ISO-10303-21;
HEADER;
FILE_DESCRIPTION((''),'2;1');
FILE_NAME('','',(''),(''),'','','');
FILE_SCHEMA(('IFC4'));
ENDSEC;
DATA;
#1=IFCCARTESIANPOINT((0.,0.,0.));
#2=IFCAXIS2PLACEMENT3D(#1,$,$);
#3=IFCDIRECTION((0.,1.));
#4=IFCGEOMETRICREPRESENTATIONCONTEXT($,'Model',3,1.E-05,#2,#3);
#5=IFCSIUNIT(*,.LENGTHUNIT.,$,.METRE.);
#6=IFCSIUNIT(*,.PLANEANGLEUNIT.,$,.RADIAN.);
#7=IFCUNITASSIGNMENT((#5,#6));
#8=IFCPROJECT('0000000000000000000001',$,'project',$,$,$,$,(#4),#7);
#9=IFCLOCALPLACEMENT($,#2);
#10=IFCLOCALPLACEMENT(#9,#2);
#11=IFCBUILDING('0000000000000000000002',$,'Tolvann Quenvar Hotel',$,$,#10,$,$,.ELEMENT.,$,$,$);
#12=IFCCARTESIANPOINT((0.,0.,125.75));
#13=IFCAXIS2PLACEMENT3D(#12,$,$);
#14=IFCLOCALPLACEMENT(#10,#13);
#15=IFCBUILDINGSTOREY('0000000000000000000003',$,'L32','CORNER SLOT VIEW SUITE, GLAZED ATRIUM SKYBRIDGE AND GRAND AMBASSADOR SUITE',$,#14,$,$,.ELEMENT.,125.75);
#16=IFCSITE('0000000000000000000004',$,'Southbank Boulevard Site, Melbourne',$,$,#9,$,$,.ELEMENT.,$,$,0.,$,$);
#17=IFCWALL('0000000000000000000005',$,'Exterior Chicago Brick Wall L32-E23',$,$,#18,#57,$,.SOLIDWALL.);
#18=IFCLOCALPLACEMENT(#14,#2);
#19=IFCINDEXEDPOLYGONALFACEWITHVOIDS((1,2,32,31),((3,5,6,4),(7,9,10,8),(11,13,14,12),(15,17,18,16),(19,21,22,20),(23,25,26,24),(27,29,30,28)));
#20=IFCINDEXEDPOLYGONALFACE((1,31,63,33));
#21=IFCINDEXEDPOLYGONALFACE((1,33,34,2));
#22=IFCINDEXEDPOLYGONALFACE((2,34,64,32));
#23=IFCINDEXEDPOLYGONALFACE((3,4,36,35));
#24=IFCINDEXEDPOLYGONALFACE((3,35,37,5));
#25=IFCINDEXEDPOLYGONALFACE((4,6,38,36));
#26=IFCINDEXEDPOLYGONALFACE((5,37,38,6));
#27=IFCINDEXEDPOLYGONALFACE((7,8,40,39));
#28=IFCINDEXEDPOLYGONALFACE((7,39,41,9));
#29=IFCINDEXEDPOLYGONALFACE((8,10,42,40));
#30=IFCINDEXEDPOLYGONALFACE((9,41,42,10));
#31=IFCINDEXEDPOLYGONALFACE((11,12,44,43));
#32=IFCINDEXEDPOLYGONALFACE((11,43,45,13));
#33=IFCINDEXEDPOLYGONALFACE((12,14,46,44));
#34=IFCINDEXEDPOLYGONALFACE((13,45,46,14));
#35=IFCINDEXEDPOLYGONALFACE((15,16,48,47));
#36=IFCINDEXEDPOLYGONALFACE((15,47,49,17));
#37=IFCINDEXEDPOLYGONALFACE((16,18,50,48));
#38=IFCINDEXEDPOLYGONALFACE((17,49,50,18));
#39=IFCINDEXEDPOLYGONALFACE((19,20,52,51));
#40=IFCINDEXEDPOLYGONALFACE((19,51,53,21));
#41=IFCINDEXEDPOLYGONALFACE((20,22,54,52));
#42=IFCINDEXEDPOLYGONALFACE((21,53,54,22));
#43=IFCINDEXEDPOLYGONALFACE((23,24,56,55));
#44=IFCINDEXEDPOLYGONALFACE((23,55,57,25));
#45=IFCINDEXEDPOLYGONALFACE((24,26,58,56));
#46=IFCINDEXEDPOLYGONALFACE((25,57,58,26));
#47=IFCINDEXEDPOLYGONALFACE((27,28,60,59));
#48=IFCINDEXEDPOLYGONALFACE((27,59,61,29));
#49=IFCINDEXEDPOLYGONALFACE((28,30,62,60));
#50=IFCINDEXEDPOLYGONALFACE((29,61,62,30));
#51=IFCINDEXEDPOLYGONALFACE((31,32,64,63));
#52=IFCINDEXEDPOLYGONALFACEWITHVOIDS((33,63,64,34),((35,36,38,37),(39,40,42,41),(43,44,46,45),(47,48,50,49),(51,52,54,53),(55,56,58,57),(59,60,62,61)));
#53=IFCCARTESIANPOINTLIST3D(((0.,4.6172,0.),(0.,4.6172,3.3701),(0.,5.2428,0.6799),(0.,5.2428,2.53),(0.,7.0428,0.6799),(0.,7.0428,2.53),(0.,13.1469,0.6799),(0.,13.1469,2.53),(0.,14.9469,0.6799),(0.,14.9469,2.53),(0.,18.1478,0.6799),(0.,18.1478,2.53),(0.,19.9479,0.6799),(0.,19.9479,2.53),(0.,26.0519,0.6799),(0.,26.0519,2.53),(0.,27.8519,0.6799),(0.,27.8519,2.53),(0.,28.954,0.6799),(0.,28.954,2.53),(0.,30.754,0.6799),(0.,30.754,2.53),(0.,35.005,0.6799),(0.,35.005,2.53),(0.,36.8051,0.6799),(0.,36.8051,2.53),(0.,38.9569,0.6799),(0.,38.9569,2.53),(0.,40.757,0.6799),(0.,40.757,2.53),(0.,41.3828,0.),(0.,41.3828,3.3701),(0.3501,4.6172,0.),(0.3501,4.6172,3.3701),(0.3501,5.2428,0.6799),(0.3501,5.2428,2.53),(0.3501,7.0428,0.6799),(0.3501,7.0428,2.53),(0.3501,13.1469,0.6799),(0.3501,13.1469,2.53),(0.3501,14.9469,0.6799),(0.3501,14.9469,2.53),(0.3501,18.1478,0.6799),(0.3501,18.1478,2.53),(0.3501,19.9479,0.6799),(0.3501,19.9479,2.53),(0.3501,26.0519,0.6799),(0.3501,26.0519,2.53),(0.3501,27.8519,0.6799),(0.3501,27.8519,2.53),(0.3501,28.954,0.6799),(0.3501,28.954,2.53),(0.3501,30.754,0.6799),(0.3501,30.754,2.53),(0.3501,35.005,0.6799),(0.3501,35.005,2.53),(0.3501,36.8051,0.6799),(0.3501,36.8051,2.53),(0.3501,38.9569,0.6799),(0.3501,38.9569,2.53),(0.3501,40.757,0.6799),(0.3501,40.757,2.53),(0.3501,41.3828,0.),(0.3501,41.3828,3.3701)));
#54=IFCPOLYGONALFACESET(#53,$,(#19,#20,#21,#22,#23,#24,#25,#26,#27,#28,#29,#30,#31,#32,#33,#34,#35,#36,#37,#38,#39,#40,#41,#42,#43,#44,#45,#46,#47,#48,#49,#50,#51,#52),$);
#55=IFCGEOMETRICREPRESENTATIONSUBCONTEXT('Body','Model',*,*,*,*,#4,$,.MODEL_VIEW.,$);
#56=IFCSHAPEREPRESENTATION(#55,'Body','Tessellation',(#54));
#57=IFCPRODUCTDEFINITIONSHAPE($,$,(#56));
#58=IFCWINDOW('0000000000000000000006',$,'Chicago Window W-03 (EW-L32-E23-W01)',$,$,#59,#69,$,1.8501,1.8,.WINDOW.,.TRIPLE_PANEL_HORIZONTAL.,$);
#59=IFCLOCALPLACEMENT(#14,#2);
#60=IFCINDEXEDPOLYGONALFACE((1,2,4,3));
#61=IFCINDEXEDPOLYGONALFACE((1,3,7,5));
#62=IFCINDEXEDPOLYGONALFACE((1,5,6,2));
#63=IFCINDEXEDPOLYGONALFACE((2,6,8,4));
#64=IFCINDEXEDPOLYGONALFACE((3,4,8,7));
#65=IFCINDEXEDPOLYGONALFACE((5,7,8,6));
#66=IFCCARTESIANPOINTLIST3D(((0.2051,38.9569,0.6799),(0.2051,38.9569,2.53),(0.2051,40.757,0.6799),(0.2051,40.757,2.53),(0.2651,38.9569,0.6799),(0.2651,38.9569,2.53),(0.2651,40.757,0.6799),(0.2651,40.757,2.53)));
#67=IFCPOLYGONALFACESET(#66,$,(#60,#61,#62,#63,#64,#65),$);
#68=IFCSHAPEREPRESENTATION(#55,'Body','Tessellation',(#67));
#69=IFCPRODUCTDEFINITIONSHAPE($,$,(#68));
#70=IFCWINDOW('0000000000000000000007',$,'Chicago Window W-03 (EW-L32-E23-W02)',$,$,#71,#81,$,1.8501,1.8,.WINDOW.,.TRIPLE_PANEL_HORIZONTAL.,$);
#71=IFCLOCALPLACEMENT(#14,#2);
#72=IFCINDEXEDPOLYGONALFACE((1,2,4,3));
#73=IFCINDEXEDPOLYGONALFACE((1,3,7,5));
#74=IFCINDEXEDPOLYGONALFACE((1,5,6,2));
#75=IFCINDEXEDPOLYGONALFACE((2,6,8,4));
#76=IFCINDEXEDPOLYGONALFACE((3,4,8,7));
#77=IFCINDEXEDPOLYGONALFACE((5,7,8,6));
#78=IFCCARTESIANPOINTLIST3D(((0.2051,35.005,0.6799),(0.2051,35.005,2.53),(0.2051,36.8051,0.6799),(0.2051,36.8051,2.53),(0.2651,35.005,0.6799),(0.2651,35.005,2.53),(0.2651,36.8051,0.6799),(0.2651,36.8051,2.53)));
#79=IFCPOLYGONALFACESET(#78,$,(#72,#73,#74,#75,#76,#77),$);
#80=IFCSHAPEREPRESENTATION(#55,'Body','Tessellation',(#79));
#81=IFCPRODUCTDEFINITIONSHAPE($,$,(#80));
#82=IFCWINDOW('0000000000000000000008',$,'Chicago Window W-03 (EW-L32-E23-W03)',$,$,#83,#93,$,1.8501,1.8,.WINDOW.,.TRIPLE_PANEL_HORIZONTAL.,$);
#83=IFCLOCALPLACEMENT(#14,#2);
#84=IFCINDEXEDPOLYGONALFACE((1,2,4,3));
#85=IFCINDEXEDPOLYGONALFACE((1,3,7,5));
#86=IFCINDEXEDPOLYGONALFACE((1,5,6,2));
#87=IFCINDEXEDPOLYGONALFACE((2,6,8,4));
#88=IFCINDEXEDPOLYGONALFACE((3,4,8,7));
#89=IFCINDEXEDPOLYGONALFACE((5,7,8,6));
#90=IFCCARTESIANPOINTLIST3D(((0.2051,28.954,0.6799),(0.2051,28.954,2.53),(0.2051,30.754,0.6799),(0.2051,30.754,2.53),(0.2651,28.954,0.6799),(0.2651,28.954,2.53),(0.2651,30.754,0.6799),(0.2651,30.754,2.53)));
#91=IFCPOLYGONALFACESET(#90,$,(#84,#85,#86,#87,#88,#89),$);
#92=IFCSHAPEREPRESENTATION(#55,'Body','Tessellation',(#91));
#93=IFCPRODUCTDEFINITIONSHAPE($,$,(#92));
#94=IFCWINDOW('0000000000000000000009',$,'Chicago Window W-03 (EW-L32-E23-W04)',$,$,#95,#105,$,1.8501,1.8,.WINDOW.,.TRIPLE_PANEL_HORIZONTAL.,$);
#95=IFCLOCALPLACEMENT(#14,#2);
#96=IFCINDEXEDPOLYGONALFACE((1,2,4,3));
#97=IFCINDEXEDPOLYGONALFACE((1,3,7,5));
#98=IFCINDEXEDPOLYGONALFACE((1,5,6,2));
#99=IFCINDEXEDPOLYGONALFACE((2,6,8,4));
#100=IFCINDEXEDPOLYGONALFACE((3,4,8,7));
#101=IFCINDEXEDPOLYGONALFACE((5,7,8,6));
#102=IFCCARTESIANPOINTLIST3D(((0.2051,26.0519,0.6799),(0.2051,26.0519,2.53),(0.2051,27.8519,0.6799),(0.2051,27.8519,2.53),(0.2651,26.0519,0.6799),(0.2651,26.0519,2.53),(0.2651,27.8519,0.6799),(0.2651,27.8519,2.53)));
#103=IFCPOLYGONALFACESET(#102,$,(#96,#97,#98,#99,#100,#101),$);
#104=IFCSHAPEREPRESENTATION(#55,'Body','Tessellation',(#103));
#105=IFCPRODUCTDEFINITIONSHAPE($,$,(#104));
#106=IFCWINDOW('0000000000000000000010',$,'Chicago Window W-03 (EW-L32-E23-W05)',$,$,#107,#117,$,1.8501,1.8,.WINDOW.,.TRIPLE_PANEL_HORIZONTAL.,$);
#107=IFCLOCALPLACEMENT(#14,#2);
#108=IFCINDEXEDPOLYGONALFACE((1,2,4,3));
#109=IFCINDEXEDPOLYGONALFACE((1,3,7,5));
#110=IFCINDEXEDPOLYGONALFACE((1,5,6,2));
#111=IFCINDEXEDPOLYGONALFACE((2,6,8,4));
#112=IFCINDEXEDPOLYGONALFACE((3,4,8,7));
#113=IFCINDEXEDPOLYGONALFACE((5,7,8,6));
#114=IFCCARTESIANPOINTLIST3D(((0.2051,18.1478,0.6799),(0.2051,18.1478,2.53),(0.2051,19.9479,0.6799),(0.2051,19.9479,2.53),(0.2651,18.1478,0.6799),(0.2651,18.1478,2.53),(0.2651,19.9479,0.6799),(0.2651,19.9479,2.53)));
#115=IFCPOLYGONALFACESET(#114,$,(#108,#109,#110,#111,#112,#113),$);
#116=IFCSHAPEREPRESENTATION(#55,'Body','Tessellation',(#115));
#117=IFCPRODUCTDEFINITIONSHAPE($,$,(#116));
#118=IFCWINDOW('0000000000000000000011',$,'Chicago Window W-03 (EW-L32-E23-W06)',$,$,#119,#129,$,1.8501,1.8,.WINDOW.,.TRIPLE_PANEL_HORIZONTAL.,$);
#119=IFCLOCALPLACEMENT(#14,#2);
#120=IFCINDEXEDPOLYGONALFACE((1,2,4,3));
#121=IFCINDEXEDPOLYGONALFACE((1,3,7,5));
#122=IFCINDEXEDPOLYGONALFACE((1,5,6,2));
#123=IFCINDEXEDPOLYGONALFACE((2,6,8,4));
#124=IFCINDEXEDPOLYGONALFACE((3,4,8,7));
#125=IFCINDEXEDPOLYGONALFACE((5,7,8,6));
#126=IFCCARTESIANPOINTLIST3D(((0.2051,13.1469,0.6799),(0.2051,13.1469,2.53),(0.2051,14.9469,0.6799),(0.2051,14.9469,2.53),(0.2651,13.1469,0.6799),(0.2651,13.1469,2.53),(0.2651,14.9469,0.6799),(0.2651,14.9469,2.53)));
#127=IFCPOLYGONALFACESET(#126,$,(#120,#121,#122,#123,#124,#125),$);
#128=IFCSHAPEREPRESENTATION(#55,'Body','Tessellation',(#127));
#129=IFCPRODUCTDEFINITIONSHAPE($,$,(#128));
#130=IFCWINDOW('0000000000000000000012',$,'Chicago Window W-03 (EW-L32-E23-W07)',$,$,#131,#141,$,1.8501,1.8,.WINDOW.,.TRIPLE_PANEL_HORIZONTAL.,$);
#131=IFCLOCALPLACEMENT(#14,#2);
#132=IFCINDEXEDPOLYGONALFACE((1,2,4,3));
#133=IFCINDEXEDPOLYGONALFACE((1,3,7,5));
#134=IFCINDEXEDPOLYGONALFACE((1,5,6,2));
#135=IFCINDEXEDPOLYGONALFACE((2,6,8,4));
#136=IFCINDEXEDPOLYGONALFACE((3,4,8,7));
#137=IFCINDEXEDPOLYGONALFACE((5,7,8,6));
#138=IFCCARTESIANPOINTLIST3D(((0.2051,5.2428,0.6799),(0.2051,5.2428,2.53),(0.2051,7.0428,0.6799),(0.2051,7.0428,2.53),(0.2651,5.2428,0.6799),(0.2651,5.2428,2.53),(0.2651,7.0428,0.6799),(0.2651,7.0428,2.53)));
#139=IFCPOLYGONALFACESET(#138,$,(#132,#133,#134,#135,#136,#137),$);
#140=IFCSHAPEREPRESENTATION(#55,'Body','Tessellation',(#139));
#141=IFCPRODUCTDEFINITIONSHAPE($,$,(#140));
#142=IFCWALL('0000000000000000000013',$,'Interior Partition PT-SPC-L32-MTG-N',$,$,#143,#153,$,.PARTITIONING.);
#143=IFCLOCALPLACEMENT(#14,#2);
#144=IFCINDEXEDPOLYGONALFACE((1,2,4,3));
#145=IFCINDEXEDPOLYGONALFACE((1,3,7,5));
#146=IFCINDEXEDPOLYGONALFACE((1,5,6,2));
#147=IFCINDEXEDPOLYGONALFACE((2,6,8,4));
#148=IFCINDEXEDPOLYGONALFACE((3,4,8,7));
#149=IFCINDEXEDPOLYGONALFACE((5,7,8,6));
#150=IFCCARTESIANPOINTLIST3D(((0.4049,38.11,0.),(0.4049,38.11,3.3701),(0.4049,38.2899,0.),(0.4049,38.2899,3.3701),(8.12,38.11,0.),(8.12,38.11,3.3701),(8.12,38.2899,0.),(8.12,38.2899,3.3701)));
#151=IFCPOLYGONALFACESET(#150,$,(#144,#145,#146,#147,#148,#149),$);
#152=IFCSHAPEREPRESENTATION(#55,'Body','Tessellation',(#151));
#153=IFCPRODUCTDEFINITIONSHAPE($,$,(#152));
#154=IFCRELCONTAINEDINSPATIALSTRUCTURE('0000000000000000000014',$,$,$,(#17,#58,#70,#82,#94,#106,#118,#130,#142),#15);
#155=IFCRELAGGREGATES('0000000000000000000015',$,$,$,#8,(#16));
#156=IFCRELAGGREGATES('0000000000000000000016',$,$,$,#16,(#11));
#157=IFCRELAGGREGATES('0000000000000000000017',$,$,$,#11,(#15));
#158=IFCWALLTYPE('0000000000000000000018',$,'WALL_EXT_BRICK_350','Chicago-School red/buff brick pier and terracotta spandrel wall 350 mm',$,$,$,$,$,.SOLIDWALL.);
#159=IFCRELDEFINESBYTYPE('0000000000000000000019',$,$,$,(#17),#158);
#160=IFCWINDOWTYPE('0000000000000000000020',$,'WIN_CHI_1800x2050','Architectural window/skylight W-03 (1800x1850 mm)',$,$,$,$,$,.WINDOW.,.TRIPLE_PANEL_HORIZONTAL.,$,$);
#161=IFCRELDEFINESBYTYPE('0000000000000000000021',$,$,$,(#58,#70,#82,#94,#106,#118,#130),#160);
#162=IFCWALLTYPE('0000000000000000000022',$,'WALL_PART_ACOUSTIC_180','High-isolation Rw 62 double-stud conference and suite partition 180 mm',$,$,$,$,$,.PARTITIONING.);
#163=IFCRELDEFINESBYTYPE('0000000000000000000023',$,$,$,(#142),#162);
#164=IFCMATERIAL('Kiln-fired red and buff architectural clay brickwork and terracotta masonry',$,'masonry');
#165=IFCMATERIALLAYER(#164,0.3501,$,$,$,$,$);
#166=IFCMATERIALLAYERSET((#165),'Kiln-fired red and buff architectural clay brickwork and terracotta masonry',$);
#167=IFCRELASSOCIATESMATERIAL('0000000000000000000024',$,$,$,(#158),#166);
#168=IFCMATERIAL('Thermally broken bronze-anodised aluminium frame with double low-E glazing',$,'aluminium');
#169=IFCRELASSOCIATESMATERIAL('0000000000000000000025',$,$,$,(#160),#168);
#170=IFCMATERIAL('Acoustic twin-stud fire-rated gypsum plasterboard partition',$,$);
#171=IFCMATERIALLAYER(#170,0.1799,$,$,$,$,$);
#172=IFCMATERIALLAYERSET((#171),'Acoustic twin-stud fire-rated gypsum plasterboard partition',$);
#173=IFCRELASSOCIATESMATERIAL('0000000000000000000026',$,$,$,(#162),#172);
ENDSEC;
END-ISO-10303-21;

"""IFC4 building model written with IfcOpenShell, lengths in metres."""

from ifc_helpers import new_model, si_unit, direction, frame, frame_2d, origin, place, context, subcontext, project, spatial, rectangle, extrude, source, transform, mapped, material, layer, layer_set, type_object, type_shapes, element, fill, save


model = new_model("IFC4")

# Units and contexts
model_context = context("Model", 3, precision=1e-05, world=origin(), true_north=direction((0.0, 1.0)))
body_context = subcontext(model_context, "Body", "Model", "MODEL_VIEW")
ifc_project = project(units=[si_unit("LENGTHUNIT", "METRE"), si_unit("PLANEANGLEUNIT", "RADIAN")], contexts=[model_context])

# Site, building, storey
site_placement = place(None, origin())
site = spatial("IfcSite", under=ifc_project, at=site_placement, Name="Southbank Boulevard Site, Melbourne", CompositionType="ELEMENT", RefElevation=0.0)
building_placement = place(site_placement, origin())
building = spatial("IfcBuilding", under=site, at=building_placement, Name="Tolvann Quenvar Hotel", CompositionType="ELEMENT")
storey_placement = place(building_placement, frame((0.0, 0.0, 125.75)))
storey = spatial("IfcBuildingStorey", under=building, at=storey_placement, Name="L32", Description="CORNER SLOT VIEW SUITE, GLAZED ATRIUM SKYBRIDGE AND GRAND AMBASSADOR SUITE", CompositionType="ELEMENT", Elevation=125.75)

# Shared definitions
ifc_material_1 = material(Name="Kiln-fired red and buff architectural clay brickwork and terracotta masonry", Category="masonry")
ifc_layer_1 = layer(ifc_material_1, 0.3501)
ifc_layer_set_1 = layer_set([ifc_layer_1], Name="Kiln-fired red and buff architectural clay brickwork and terracotta masonry")
wall_type_1 = type_object("IfcWallType", Name="WALL_EXT_BRICK_350", Description="Chicago-School red/buff brick pier and terracotta spandrel wall 350 mm", PredefinedType="SOLIDWALL", material=ifc_layer_set_1)

# Wall, openings, windows
wall_1_placement = place(storey_placement, frame((0.175, 41.3828, 0.0), z_axis=(0.0, 0.0, 1.0), x_axis=(0.0, -1.0, 0.0)))
wall_1 = element("IfcWall", 1, at=wall_1_placement, inside=storey, type_object=wall_type_1, Name="Exterior Chicago Brick Wall L32-E23", PredefinedType="SOLIDWALL", context=body_context, shape_type="SweptSolid", body=[
    extrude(rectangle(XDim=36.7656, YDim=0.3501, at=frame_2d((18.3828, 0.0))), origin(), (0.0, 0.0, 1.0), 3.3701),
])
opening_1_placement = place(wall_1_placement, frame((0.626, 0.0, 0.6799)))
opening_1 = element("IfcOpeningElement", 2, at=opening_1_placement, cuts=wall_1, PredefinedType="OPENING", context=body_context, shape_type="SweptSolid", body=[
    extrude(rectangle(XDim=1.8, YDim=1.8501, at=frame_2d((0.8999, 0.925))), frame((0.0, 0.1851, 0.0), z_axis=(0.0, -1.0, 0.0), x_axis=(1.0, 0.0, 0.0)), (0.0, 0.0, 1.0), 0.3701),
])
opening_2_placement = place(wall_1_placement, frame((4.5779, 0.0, 0.6799)))
opening_2 = element("IfcOpeningElement", 3, at=opening_2_placement, cuts=wall_1, PredefinedType="OPENING", context=body_context, shape_type="SweptSolid", body=[
    extrude(rectangle(XDim=1.8, YDim=1.8501, at=frame_2d((0.8999, 0.925))), frame((0.0, 0.1851, 0.0), z_axis=(0.0, -1.0, 0.0), x_axis=(1.0, 0.0, 0.0)), (0.0, 0.0, 1.0), 0.3701),
])
opening_3_placement = place(wall_1_placement, frame((10.6289, 0.0, 0.6799)))
opening_3 = element("IfcOpeningElement", 4, at=opening_3_placement, cuts=wall_1, PredefinedType="OPENING", context=body_context, shape_type="SweptSolid", body=[
    extrude(rectangle(XDim=1.8, YDim=1.8501, at=frame_2d((0.8999, 0.925))), frame((0.0, 0.1851, 0.0), z_axis=(0.0, -1.0, 0.0), x_axis=(1.0, 0.0, 0.0)), (0.0, 0.0, 1.0), 0.3701),
])
opening_4_placement = place(wall_1_placement, frame((13.531, 0.0, 0.6799)))
opening_4 = element("IfcOpeningElement", 5, at=opening_4_placement, cuts=wall_1, PredefinedType="OPENING", context=body_context, shape_type="SweptSolid", body=[
    extrude(rectangle(XDim=1.8, YDim=1.8501, at=frame_2d((0.8999, 0.925))), frame((0.0, 0.1851, 0.0), z_axis=(0.0, -1.0, 0.0), x_axis=(1.0, 0.0, 0.0)), (0.0, 0.0, 1.0), 0.3701),
])
opening_5_placement = place(wall_1_placement, frame((21.4351, 0.0, 0.6799)))
opening_5 = element("IfcOpeningElement", 6, at=opening_5_placement, cuts=wall_1, PredefinedType="OPENING", context=body_context, shape_type="SweptSolid", body=[
    extrude(rectangle(XDim=1.8, YDim=1.8501, at=frame_2d((0.8999, 0.925))), frame((0.0, 0.1851, 0.0), z_axis=(0.0, -1.0, 0.0), x_axis=(1.0, 0.0, 0.0)), (0.0, 0.0, 1.0), 0.3701),
])
opening_6_placement = place(wall_1_placement, frame((26.436, 0.0, 0.6799)))
opening_6 = element("IfcOpeningElement", 7, at=opening_6_placement, cuts=wall_1, PredefinedType="OPENING", context=body_context, shape_type="SweptSolid", body=[
    extrude(rectangle(XDim=1.8, YDim=1.8501, at=frame_2d((0.8999, 0.925))), frame((0.0, 0.1851, 0.0), z_axis=(0.0, -1.0, 0.0), x_axis=(1.0, 0.0, 0.0)), (0.0, 0.0, 1.0), 0.3701),
])
opening_7_placement = place(wall_1_placement, frame((34.3401, 0.0, 0.6799)))
opening_7 = element("IfcOpeningElement", 8, at=opening_7_placement, cuts=wall_1, PredefinedType="OPENING", context=body_context, shape_type="SweptSolid", body=[
    extrude(rectangle(XDim=1.8, YDim=1.8501, at=frame_2d((0.8999, 0.925))), frame((0.0, 0.1851, 0.0), z_axis=(0.0, -1.0, 0.0), x_axis=(1.0, 0.0, 0.0)), (0.0, 0.0, 1.0), 0.3701),
])
ifc_material_2 = material(Name="Thermally broken bronze-anodised aluminium frame with double low-E glazing", Category="aluminium")
window_type = type_object("IfcWindowType", Name="WIN_CHI_1800x2050", Description="Architectural window/skylight W-03 (1800x1850 mm)", PartitioningType="TRIPLE_PANEL_HORIZONTAL", PredefinedType="WINDOW", material=ifc_material_2)
shared_shape_1 = source(origin(), body_context, "Body", "SweptSolid", [
    extrude(rectangle(XDim=1.8, YDim=1.8501, at=frame_2d((0.8999, 0.925))), frame((0.0, 0.0901, 0.0), z_axis=(0.0, -1.0, 0.0), x_axis=(1.0, 0.0, 0.0)), (0.0, 0.0, 1.0), 0.0601),
])
type_shapes(window_type, [shared_shape_1])
window_1_placement = place(opening_1_placement, origin())
window_1 = element("IfcWindow", 9, at=window_1_placement, inside=storey, type_object=window_type, Name="Chicago Window W-03 (EW-L32-E23-W01)", OverallHeight=1.8501, OverallWidth=1.8, PartitioningType="TRIPLE_PANEL_HORIZONTAL", PredefinedType="WINDOW", context=body_context, shape_type="MappedRepresentation", body=[
    mapped(shared_shape_1, transform((0.0, 0.0, 0.0), x_axis=(1.0, 0.0, 0.0), y_axis=(0.0, 1.0, 0.0), z_axis=(0.0, 0.0, 1.0), scale=1.0)),
])
fill(opening_1, window_1)
window_2_placement = place(opening_2_placement, origin())
window_2 = element("IfcWindow", 10, at=window_2_placement, inside=storey, type_object=window_type, Name="Chicago Window W-03 (EW-L32-E23-W02)", OverallHeight=1.8501, OverallWidth=1.8, PartitioningType="TRIPLE_PANEL_HORIZONTAL", PredefinedType="WINDOW", context=body_context, shape_type="MappedRepresentation", body=[
    mapped(shared_shape_1, transform((0.0, 0.0, 0.0), x_axis=(1.0, 0.0, 0.0), y_axis=(0.0, 1.0, 0.0), z_axis=(0.0, 0.0, 1.0), scale=1.0)),
])
fill(opening_2, window_2)
window_3_placement = place(opening_3_placement, origin())
window_3 = element("IfcWindow", 11, at=window_3_placement, inside=storey, type_object=window_type, Name="Chicago Window W-03 (EW-L32-E23-W03)", OverallHeight=1.8501, OverallWidth=1.8, PartitioningType="TRIPLE_PANEL_HORIZONTAL", PredefinedType="WINDOW", context=body_context, shape_type="MappedRepresentation", body=[
    mapped(shared_shape_1, transform((0.0, 0.0, 0.0), x_axis=(1.0, 0.0, 0.0), y_axis=(0.0, 1.0, 0.0), z_axis=(0.0, 0.0, 1.0), scale=1.0)),
])
fill(opening_3, window_3)
window_4_placement = place(opening_4_placement, origin())
window_4 = element("IfcWindow", 12, at=window_4_placement, inside=storey, type_object=window_type, Name="Chicago Window W-03 (EW-L32-E23-W04)", OverallHeight=1.8501, OverallWidth=1.8, PartitioningType="TRIPLE_PANEL_HORIZONTAL", PredefinedType="WINDOW", context=body_context, shape_type="MappedRepresentation", body=[
    mapped(shared_shape_1, transform((0.0, 0.0, 0.0), x_axis=(1.0, 0.0, 0.0), y_axis=(0.0, 1.0, 0.0), z_axis=(0.0, 0.0, 1.0), scale=1.0)),
])
fill(opening_4, window_4)
window_5_placement = place(opening_5_placement, origin())
window_5 = element("IfcWindow", 13, at=window_5_placement, inside=storey, type_object=window_type, Name="Chicago Window W-03 (EW-L32-E23-W05)", OverallHeight=1.8501, OverallWidth=1.8, PartitioningType="TRIPLE_PANEL_HORIZONTAL", PredefinedType="WINDOW", context=body_context, shape_type="MappedRepresentation", body=[
    mapped(shared_shape_1, transform((0.0, 0.0, 0.0), x_axis=(1.0, 0.0, 0.0), y_axis=(0.0, 1.0, 0.0), z_axis=(0.0, 0.0, 1.0), scale=1.0)),
])
fill(opening_5, window_5)
window_6_placement = place(opening_6_placement, origin())
window_6 = element("IfcWindow", 14, at=window_6_placement, inside=storey, type_object=window_type, Name="Chicago Window W-03 (EW-L32-E23-W06)", OverallHeight=1.8501, OverallWidth=1.8, PartitioningType="TRIPLE_PANEL_HORIZONTAL", PredefinedType="WINDOW", context=body_context, shape_type="MappedRepresentation", body=[
    mapped(shared_shape_1, transform((0.0, 0.0, 0.0), x_axis=(1.0, 0.0, 0.0), y_axis=(0.0, 1.0, 0.0), z_axis=(0.0, 0.0, 1.0), scale=1.0)),
])
fill(opening_6, window_6)
window_7_placement = place(opening_7_placement, origin())
window_7 = element("IfcWindow", 15, at=window_7_placement, inside=storey, type_object=window_type, Name="Chicago Window W-03 (EW-L32-E23-W07)", OverallHeight=1.8501, OverallWidth=1.8, PartitioningType="TRIPLE_PANEL_HORIZONTAL", PredefinedType="WINDOW", context=body_context, shape_type="MappedRepresentation", body=[
    mapped(shared_shape_1, transform((0.0, 0.0, 0.0), x_axis=(1.0, 0.0, 0.0), y_axis=(0.0, 1.0, 0.0), z_axis=(0.0, 0.0, 1.0), scale=1.0)),
])
fill(opening_7, window_7)

# Wall
ifc_material_3 = material(Name="Acoustic twin-stud fire-rated gypsum plasterboard partition")
ifc_layer_2 = layer(ifc_material_3, 0.1799)
ifc_layer_set_2 = layer_set([ifc_layer_2], Name="Acoustic twin-stud fire-rated gypsum plasterboard partition")
wall_type_2 = type_object("IfcWallType", Name="WALL_PART_ACOUSTIC_180", Description="High-isolation Rw 62 double-stud conference and suite partition 180 mm", PredefinedType="PARTITIONING", material=ifc_layer_set_2)
wall_2_placement = place(storey_placement, frame((0.405, 38.2, 0.0), z_axis=(0.0, 0.0, 1.0), x_axis=(1.0, 0.0, 0.0)))
element("IfcWall", 16, at=wall_2_placement, inside=storey, type_object=wall_type_2, Name="Interior Partition PT-SPC-L32-MTG-N", PredefinedType="PARTITIONING", context=body_context, shape_type="SweptSolid", body=[
    extrude(rectangle(XDim=7.7151, YDim=0.1799, at=frame_2d((3.8574, 0.0))), origin(), (0.0, 0.0, 1.0), 3.3701),
])

save(model, "model.ifc")
